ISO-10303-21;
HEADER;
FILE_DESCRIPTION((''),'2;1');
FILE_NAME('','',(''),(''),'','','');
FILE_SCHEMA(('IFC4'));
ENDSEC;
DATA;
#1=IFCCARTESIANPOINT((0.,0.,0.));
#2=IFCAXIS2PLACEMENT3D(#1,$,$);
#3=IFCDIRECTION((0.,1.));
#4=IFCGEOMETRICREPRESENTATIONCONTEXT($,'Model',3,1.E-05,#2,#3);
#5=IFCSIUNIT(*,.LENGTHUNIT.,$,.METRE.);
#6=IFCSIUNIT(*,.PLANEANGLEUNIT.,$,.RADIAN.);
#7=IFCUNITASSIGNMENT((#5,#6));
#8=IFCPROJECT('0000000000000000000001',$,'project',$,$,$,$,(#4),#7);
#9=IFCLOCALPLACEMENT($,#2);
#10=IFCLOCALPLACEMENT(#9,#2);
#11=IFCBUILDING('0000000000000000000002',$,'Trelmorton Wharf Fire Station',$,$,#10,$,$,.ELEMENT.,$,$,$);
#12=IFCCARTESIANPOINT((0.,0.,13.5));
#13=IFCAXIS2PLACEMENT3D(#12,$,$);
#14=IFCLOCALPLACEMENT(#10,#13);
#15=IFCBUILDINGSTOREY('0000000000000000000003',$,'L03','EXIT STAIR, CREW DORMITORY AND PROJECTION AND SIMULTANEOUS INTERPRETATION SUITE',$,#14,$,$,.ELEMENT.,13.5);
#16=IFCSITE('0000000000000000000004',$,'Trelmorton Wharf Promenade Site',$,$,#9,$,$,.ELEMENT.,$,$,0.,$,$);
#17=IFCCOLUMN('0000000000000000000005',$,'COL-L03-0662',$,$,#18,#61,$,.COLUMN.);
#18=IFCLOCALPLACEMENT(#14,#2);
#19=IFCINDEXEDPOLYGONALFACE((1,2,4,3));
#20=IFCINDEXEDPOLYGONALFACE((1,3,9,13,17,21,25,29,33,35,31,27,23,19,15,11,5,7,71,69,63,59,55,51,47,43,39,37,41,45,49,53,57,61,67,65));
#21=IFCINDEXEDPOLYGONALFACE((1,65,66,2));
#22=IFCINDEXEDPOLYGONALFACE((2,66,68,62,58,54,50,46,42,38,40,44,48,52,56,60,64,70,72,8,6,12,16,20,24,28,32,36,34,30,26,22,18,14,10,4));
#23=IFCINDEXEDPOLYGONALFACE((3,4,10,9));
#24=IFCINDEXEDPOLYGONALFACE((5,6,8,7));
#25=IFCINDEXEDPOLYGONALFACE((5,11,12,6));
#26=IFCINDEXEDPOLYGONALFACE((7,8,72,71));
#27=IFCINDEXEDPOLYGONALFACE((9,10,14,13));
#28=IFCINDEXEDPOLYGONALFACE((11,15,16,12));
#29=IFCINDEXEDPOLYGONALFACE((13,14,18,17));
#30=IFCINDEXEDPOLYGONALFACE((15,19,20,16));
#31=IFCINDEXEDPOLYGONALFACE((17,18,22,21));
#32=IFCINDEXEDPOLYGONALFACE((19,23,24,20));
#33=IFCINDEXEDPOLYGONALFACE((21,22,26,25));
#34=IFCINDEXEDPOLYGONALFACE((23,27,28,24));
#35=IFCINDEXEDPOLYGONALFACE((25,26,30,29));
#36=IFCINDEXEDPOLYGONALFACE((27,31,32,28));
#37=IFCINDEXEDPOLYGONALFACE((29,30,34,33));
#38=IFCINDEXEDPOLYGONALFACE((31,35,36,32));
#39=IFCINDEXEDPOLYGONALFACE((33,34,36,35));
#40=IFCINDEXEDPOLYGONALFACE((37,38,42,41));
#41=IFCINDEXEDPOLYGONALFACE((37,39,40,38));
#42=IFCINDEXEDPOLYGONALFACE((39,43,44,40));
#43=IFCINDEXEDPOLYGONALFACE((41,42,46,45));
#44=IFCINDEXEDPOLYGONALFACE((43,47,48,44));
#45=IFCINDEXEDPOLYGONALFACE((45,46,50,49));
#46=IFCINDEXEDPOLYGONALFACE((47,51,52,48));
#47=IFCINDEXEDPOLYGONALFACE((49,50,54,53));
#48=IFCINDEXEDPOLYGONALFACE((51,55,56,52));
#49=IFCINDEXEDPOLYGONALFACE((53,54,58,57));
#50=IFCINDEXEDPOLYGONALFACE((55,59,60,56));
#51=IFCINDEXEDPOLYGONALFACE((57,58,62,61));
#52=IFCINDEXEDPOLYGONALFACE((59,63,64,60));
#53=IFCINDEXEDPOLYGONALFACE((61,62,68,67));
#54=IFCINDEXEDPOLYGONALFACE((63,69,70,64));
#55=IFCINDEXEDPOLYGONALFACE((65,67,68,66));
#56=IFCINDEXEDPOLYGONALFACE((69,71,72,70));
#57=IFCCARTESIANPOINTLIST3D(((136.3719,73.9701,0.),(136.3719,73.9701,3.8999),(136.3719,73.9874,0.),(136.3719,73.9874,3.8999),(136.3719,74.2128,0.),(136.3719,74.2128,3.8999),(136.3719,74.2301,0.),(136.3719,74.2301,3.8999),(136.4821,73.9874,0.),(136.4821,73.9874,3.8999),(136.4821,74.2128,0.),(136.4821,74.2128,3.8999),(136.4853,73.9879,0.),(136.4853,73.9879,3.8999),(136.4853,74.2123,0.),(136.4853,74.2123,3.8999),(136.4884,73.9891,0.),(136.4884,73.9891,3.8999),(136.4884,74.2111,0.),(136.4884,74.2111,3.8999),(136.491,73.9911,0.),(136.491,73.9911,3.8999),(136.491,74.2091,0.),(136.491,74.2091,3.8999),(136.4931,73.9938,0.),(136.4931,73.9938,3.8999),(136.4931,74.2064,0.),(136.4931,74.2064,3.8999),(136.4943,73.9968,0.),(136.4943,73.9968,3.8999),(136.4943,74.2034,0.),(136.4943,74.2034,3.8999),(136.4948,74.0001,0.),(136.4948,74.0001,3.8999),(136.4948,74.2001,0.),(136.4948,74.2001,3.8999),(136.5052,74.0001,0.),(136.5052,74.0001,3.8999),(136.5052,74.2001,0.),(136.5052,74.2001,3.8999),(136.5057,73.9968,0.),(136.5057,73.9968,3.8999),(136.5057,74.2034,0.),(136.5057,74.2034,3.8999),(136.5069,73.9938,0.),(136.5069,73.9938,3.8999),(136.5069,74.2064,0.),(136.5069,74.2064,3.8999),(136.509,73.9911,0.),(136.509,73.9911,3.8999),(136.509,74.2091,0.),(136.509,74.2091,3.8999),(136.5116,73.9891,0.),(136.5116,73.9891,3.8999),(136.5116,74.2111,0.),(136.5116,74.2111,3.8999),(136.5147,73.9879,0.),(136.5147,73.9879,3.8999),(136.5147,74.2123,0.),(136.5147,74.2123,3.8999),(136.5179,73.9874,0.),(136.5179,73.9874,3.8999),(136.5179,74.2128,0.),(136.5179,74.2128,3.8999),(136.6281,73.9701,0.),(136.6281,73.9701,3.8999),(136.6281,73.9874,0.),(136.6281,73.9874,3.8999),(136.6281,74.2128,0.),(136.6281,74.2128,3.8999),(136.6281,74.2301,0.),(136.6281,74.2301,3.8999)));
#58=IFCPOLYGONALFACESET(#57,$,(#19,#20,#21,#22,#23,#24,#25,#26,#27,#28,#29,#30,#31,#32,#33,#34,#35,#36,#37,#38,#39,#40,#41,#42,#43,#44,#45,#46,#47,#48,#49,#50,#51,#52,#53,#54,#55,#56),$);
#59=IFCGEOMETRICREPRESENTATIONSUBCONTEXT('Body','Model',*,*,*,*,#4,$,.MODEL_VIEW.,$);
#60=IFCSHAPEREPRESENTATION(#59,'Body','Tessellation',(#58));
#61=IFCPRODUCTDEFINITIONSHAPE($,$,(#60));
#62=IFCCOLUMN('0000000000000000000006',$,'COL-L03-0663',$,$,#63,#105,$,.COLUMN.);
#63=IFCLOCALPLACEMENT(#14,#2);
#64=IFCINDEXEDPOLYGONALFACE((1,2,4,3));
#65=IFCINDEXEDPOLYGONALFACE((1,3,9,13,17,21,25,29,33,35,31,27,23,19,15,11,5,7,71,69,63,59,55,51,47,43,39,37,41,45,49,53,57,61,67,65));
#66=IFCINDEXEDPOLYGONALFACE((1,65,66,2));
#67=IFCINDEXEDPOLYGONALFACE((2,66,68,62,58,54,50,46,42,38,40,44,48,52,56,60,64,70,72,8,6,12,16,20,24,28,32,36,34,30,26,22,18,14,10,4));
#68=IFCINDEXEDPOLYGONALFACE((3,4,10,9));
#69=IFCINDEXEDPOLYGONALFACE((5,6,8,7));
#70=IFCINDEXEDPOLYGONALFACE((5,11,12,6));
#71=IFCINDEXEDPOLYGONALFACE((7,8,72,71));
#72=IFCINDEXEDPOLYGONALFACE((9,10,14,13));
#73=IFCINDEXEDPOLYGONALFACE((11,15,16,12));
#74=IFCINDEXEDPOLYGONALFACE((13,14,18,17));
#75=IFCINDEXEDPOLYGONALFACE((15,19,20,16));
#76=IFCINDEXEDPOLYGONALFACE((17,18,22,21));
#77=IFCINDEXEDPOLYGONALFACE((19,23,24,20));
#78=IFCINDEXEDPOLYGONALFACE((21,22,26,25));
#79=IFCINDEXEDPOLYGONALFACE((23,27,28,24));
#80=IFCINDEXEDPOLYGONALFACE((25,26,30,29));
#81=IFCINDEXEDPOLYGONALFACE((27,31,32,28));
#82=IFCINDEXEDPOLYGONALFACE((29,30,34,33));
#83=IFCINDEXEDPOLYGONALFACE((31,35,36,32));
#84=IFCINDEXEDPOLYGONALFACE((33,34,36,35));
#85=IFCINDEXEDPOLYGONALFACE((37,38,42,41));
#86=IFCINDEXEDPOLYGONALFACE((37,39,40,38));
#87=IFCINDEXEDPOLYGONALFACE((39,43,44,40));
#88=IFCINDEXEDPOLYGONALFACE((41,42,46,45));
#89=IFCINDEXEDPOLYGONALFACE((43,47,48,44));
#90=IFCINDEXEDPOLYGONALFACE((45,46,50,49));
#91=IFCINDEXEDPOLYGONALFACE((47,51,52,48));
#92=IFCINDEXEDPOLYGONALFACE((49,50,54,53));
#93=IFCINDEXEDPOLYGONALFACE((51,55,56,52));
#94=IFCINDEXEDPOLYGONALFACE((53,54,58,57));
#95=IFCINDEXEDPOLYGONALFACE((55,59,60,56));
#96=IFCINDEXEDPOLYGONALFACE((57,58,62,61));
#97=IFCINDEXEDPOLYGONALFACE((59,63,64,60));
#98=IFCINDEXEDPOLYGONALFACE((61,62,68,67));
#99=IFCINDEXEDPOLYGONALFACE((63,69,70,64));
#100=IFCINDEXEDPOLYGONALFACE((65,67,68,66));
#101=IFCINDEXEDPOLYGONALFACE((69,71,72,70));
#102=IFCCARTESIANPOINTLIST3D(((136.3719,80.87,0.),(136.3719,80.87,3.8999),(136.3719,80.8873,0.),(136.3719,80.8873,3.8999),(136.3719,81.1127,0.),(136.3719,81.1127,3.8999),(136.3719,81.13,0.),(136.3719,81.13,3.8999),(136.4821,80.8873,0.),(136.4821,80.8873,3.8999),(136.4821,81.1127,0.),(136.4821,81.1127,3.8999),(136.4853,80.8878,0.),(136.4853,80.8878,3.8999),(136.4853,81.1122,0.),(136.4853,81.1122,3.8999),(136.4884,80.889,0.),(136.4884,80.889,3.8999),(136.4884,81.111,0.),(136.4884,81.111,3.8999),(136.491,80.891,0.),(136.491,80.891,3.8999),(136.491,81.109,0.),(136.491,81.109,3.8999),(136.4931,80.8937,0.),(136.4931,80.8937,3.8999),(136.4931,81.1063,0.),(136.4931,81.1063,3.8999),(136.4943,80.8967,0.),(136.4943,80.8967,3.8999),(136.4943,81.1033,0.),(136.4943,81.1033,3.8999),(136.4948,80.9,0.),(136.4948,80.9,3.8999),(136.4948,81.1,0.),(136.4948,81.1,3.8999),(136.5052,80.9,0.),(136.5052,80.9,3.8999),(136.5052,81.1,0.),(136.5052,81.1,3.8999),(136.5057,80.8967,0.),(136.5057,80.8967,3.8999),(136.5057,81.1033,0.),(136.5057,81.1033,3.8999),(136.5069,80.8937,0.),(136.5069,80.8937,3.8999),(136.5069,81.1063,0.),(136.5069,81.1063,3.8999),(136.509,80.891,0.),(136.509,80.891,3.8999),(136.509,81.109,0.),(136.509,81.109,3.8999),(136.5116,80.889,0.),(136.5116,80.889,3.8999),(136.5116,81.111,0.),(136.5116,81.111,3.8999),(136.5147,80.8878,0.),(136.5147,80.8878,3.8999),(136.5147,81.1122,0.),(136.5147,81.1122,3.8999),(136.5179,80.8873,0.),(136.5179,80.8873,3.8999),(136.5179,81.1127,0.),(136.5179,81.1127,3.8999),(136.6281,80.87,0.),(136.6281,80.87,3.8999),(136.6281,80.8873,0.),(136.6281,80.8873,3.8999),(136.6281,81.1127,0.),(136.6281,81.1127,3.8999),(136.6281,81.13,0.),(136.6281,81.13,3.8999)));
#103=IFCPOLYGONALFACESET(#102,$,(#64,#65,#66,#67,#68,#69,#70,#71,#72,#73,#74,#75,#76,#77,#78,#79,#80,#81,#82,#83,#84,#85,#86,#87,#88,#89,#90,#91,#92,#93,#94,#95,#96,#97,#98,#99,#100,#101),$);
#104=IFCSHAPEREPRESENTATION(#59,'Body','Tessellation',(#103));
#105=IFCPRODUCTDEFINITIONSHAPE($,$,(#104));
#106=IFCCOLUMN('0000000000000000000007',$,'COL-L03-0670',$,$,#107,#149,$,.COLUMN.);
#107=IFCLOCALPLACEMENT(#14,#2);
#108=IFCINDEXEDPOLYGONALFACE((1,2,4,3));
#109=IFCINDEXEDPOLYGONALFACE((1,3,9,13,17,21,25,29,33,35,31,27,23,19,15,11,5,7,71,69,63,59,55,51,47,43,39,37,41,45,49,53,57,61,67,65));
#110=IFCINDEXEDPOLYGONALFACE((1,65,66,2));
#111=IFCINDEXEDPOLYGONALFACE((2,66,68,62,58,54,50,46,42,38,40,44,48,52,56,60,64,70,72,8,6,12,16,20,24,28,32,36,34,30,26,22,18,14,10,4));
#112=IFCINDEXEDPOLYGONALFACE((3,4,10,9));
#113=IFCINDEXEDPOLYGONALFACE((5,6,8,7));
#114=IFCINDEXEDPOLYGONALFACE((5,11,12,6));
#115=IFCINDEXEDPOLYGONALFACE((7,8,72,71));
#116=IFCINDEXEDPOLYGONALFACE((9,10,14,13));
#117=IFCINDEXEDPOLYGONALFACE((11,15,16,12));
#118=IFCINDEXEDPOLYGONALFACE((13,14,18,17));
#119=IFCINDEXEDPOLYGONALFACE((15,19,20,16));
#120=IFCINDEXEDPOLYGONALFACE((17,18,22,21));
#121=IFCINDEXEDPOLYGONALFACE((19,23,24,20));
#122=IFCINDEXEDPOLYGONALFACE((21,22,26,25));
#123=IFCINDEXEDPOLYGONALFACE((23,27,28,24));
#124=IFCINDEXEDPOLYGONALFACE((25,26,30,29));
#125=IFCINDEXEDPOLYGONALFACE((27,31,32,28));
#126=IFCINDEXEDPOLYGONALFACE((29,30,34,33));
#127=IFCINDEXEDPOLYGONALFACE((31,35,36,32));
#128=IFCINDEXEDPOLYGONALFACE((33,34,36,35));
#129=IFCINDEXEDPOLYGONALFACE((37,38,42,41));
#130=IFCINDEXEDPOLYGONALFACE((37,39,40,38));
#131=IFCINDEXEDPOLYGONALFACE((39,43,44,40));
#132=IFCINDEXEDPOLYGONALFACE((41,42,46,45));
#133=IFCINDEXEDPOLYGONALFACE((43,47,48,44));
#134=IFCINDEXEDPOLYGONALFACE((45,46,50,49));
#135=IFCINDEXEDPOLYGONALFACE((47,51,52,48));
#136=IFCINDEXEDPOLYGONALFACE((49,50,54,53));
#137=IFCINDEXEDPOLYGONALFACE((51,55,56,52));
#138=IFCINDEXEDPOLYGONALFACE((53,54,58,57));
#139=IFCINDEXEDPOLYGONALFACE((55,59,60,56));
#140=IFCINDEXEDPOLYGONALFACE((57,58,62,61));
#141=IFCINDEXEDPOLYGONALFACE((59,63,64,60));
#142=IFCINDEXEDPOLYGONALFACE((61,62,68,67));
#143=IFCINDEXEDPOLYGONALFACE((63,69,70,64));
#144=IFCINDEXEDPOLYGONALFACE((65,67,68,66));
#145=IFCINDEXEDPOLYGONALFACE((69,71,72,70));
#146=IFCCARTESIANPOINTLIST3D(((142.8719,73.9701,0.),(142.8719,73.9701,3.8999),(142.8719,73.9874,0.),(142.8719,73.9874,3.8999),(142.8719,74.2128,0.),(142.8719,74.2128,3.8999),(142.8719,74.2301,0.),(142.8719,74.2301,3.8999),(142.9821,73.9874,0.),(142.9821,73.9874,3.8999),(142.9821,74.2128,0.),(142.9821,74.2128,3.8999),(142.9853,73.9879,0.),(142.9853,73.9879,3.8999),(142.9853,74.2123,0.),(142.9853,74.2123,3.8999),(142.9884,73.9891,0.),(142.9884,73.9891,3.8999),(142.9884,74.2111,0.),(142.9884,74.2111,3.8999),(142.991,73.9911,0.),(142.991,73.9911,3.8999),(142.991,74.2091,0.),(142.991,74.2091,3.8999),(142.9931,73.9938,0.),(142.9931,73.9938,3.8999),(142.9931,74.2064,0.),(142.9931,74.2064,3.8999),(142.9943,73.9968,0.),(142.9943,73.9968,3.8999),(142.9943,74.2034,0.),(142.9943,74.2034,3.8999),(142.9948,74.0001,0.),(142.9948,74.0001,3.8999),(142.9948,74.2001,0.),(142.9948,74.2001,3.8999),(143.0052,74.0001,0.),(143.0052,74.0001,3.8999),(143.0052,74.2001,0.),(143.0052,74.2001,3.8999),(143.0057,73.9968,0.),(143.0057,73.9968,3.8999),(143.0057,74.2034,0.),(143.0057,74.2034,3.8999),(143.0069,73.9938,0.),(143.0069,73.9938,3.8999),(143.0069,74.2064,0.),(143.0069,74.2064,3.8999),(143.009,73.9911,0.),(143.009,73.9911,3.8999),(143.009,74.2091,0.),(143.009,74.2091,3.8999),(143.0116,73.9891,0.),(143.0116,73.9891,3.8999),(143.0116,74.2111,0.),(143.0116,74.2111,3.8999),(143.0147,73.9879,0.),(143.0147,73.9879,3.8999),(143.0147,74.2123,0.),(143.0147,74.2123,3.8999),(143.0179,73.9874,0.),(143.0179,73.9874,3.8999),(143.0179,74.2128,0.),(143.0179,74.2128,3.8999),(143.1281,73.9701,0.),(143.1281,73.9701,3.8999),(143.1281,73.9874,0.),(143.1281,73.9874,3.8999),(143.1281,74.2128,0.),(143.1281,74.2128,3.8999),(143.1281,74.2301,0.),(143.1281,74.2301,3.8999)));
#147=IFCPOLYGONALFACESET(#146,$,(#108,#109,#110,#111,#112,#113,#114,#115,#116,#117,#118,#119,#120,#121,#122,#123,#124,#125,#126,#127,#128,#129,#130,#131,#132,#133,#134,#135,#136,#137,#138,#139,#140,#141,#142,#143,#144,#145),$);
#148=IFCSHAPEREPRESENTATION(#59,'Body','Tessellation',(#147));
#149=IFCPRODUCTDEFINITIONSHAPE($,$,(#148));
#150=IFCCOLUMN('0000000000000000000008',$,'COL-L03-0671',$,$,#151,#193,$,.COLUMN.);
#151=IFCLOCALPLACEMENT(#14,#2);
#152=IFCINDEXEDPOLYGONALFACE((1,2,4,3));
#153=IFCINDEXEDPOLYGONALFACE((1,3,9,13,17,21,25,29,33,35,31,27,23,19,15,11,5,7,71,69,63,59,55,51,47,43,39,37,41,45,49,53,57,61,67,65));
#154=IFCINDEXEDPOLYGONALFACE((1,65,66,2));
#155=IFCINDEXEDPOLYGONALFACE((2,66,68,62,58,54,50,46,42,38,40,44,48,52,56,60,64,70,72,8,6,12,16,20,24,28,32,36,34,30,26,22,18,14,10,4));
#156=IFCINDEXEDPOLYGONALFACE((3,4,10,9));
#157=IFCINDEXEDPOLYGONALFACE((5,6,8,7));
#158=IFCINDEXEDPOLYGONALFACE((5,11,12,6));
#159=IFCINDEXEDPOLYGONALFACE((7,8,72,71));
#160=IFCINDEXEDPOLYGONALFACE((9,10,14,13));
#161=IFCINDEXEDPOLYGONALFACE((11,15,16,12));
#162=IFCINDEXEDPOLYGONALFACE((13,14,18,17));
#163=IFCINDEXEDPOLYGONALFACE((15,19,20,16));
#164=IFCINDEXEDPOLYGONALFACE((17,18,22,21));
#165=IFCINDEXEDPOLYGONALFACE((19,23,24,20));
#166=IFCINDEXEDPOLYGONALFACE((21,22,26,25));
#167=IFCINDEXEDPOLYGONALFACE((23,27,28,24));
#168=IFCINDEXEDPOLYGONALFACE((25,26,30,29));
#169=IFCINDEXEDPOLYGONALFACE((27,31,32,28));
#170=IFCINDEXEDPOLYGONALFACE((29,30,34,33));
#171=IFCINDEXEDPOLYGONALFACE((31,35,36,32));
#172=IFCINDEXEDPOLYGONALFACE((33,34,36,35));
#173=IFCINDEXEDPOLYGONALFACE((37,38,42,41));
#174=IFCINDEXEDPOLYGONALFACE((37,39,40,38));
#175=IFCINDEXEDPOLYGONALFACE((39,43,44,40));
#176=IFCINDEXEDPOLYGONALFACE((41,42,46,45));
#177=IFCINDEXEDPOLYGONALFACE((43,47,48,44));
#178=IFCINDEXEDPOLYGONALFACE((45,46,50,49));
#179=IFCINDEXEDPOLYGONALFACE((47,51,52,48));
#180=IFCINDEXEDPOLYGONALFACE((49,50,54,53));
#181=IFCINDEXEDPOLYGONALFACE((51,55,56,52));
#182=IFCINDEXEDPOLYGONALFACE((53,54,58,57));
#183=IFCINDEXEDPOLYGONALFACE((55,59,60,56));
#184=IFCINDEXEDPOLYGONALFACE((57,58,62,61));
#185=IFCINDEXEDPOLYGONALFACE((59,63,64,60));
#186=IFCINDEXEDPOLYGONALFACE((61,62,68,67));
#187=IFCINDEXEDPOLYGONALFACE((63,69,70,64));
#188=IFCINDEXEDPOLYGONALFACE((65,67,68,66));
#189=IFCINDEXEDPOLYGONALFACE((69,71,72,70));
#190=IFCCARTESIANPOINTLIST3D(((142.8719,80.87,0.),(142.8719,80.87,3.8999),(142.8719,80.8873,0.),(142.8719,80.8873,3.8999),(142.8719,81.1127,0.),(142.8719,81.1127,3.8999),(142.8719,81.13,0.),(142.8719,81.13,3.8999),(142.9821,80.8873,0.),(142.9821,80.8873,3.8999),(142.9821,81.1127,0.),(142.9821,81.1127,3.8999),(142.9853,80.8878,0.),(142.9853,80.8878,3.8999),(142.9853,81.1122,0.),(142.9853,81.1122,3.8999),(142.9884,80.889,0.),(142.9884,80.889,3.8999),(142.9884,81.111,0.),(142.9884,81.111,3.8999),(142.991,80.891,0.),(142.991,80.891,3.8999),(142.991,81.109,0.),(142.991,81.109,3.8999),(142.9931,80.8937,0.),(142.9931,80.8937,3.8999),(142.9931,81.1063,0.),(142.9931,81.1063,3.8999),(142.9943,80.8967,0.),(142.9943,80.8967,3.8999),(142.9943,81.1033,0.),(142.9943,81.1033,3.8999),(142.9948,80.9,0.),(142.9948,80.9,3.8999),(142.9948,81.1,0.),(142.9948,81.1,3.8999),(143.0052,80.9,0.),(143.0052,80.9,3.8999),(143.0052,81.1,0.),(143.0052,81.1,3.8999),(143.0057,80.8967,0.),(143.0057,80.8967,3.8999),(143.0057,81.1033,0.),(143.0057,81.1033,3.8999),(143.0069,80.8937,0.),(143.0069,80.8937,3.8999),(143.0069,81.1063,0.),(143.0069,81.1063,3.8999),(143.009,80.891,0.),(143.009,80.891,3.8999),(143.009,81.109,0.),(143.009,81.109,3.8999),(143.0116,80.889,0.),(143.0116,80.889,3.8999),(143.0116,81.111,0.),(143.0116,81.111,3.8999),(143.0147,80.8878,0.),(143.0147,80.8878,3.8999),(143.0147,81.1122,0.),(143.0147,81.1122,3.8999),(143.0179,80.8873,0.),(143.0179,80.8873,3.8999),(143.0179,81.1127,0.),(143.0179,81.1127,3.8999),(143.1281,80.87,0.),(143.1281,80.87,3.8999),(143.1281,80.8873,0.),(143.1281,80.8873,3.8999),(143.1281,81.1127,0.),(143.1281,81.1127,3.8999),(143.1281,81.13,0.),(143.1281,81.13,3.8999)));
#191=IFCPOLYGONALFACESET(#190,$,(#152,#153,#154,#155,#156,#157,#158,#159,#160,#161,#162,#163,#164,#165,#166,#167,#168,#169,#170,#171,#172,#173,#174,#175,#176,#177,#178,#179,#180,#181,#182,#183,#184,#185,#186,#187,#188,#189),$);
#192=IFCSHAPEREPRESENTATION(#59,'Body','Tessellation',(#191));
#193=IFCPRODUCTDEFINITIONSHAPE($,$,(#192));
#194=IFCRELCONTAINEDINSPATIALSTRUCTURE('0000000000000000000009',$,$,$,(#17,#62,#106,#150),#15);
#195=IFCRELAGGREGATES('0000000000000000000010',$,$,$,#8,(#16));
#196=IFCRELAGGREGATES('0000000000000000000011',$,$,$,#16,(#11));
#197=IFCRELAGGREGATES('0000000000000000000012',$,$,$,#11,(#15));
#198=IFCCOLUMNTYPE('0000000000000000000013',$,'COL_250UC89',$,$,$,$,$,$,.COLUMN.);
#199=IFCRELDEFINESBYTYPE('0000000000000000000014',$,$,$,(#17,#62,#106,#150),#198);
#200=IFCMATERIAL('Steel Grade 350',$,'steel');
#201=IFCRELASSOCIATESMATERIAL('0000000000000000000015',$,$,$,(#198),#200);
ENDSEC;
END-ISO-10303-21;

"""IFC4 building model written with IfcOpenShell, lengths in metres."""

from ifc_helpers import new_model, si_unit, direction, frame, origin, origin_2d, place, context, subcontext, project, spatial, i_section, extrude, material, material_profile, profile_set, type_object, element, save


model = new_model("IFC4")

# Units and contexts
model_context = context("Model", 3, precision=1e-05, world=origin(), true_north=direction((0.0, 1.0)))
body_context = subcontext(model_context, "Body", "Model", "MODEL_VIEW")
ifc_project = project(units=[si_unit("LENGTHUNIT", "METRE"), si_unit("PLANEANGLEUNIT", "RADIAN")], contexts=[model_context])

# Site, building, storey
site_placement = place(None, origin())
site = spatial("IfcSite", under=ifc_project, at=site_placement, Name="Trelmorton Wharf Promenade Site", CompositionType="ELEMENT", RefElevation=0.0)
building_placement = place(site_placement, origin())
building = spatial("IfcBuilding", under=site, at=building_placement, Name="Trelmorton Wharf Fire Station", CompositionType="ELEMENT")
storey_placement = place(building_placement, frame((0.0, 0.0, 13.5)))
storey = spatial("IfcBuildingStorey", under=building, at=storey_placement, Name="L03", Description="EXIT STAIR, CREW DORMITORY AND PROJECTION AND SIMULTANEOUS INTERPRETATION SUITE", CompositionType="ELEMENT", Elevation=13.5)

# Columns
ifc_material_1 = material(Name="Steel Grade 350", Category="steel")
ifc_material_profile_1 = material_profile(ifc_material_1, i_section(OverallWidth=0.2561, OverallDepth=0.26, WebThickness=0.0105, FlangeThickness=0.0173, FilletRadius=0.0127, at=origin_2d()), Name="250UC89.5")
ifc_profile_set_1 = profile_set([ifc_material_profile_1], Name="Steel Grade 350")
column_type = type_object("IfcColumnType", Name="COL_250UC89", PredefinedType="COLUMN", material=ifc_profile_set_1)
for number, where, z_axis, x_axis, name in (
    (1, (136.5, 74.1001, 0.0), (0.0, 0.0, 1.0), (1.0, 0.0, 0.0), "COL-L03-0662"),
    (2, (136.5, 81.0, 0.0), (0.0, 0.0, 1.0), (1.0, 0.0, 0.0), "COL-L03-0663"),
    (3, (143.0, 74.1001, 0.0), (0.0, 0.0, 1.0), (1.0, 0.0, 0.0), "COL-L03-0670"),
    (4, (143.0, 81.0, 0.0), (0.0, 0.0, 1.0), (1.0, 0.0, 0.0), "COL-L03-0671"),
):
    element("IfcColumn", number, at=place(storey_placement, frame(where, z_axis=z_axis, x_axis=x_axis)), inside=storey, type_object=column_type, Name=name, PredefinedType="COLUMN", context=body_context, shape_type="SweptSolid", body=[
        extrude(i_section(OverallWidth=0.2561, OverallDepth=0.26, WebThickness=0.0105, FlangeThickness=0.0173, FilletRadius=0.0127, at=origin_2d()), origin(), (0.0, 0.0, 1.0), 3.8999),
    ])

save(model, "model.ifc")
